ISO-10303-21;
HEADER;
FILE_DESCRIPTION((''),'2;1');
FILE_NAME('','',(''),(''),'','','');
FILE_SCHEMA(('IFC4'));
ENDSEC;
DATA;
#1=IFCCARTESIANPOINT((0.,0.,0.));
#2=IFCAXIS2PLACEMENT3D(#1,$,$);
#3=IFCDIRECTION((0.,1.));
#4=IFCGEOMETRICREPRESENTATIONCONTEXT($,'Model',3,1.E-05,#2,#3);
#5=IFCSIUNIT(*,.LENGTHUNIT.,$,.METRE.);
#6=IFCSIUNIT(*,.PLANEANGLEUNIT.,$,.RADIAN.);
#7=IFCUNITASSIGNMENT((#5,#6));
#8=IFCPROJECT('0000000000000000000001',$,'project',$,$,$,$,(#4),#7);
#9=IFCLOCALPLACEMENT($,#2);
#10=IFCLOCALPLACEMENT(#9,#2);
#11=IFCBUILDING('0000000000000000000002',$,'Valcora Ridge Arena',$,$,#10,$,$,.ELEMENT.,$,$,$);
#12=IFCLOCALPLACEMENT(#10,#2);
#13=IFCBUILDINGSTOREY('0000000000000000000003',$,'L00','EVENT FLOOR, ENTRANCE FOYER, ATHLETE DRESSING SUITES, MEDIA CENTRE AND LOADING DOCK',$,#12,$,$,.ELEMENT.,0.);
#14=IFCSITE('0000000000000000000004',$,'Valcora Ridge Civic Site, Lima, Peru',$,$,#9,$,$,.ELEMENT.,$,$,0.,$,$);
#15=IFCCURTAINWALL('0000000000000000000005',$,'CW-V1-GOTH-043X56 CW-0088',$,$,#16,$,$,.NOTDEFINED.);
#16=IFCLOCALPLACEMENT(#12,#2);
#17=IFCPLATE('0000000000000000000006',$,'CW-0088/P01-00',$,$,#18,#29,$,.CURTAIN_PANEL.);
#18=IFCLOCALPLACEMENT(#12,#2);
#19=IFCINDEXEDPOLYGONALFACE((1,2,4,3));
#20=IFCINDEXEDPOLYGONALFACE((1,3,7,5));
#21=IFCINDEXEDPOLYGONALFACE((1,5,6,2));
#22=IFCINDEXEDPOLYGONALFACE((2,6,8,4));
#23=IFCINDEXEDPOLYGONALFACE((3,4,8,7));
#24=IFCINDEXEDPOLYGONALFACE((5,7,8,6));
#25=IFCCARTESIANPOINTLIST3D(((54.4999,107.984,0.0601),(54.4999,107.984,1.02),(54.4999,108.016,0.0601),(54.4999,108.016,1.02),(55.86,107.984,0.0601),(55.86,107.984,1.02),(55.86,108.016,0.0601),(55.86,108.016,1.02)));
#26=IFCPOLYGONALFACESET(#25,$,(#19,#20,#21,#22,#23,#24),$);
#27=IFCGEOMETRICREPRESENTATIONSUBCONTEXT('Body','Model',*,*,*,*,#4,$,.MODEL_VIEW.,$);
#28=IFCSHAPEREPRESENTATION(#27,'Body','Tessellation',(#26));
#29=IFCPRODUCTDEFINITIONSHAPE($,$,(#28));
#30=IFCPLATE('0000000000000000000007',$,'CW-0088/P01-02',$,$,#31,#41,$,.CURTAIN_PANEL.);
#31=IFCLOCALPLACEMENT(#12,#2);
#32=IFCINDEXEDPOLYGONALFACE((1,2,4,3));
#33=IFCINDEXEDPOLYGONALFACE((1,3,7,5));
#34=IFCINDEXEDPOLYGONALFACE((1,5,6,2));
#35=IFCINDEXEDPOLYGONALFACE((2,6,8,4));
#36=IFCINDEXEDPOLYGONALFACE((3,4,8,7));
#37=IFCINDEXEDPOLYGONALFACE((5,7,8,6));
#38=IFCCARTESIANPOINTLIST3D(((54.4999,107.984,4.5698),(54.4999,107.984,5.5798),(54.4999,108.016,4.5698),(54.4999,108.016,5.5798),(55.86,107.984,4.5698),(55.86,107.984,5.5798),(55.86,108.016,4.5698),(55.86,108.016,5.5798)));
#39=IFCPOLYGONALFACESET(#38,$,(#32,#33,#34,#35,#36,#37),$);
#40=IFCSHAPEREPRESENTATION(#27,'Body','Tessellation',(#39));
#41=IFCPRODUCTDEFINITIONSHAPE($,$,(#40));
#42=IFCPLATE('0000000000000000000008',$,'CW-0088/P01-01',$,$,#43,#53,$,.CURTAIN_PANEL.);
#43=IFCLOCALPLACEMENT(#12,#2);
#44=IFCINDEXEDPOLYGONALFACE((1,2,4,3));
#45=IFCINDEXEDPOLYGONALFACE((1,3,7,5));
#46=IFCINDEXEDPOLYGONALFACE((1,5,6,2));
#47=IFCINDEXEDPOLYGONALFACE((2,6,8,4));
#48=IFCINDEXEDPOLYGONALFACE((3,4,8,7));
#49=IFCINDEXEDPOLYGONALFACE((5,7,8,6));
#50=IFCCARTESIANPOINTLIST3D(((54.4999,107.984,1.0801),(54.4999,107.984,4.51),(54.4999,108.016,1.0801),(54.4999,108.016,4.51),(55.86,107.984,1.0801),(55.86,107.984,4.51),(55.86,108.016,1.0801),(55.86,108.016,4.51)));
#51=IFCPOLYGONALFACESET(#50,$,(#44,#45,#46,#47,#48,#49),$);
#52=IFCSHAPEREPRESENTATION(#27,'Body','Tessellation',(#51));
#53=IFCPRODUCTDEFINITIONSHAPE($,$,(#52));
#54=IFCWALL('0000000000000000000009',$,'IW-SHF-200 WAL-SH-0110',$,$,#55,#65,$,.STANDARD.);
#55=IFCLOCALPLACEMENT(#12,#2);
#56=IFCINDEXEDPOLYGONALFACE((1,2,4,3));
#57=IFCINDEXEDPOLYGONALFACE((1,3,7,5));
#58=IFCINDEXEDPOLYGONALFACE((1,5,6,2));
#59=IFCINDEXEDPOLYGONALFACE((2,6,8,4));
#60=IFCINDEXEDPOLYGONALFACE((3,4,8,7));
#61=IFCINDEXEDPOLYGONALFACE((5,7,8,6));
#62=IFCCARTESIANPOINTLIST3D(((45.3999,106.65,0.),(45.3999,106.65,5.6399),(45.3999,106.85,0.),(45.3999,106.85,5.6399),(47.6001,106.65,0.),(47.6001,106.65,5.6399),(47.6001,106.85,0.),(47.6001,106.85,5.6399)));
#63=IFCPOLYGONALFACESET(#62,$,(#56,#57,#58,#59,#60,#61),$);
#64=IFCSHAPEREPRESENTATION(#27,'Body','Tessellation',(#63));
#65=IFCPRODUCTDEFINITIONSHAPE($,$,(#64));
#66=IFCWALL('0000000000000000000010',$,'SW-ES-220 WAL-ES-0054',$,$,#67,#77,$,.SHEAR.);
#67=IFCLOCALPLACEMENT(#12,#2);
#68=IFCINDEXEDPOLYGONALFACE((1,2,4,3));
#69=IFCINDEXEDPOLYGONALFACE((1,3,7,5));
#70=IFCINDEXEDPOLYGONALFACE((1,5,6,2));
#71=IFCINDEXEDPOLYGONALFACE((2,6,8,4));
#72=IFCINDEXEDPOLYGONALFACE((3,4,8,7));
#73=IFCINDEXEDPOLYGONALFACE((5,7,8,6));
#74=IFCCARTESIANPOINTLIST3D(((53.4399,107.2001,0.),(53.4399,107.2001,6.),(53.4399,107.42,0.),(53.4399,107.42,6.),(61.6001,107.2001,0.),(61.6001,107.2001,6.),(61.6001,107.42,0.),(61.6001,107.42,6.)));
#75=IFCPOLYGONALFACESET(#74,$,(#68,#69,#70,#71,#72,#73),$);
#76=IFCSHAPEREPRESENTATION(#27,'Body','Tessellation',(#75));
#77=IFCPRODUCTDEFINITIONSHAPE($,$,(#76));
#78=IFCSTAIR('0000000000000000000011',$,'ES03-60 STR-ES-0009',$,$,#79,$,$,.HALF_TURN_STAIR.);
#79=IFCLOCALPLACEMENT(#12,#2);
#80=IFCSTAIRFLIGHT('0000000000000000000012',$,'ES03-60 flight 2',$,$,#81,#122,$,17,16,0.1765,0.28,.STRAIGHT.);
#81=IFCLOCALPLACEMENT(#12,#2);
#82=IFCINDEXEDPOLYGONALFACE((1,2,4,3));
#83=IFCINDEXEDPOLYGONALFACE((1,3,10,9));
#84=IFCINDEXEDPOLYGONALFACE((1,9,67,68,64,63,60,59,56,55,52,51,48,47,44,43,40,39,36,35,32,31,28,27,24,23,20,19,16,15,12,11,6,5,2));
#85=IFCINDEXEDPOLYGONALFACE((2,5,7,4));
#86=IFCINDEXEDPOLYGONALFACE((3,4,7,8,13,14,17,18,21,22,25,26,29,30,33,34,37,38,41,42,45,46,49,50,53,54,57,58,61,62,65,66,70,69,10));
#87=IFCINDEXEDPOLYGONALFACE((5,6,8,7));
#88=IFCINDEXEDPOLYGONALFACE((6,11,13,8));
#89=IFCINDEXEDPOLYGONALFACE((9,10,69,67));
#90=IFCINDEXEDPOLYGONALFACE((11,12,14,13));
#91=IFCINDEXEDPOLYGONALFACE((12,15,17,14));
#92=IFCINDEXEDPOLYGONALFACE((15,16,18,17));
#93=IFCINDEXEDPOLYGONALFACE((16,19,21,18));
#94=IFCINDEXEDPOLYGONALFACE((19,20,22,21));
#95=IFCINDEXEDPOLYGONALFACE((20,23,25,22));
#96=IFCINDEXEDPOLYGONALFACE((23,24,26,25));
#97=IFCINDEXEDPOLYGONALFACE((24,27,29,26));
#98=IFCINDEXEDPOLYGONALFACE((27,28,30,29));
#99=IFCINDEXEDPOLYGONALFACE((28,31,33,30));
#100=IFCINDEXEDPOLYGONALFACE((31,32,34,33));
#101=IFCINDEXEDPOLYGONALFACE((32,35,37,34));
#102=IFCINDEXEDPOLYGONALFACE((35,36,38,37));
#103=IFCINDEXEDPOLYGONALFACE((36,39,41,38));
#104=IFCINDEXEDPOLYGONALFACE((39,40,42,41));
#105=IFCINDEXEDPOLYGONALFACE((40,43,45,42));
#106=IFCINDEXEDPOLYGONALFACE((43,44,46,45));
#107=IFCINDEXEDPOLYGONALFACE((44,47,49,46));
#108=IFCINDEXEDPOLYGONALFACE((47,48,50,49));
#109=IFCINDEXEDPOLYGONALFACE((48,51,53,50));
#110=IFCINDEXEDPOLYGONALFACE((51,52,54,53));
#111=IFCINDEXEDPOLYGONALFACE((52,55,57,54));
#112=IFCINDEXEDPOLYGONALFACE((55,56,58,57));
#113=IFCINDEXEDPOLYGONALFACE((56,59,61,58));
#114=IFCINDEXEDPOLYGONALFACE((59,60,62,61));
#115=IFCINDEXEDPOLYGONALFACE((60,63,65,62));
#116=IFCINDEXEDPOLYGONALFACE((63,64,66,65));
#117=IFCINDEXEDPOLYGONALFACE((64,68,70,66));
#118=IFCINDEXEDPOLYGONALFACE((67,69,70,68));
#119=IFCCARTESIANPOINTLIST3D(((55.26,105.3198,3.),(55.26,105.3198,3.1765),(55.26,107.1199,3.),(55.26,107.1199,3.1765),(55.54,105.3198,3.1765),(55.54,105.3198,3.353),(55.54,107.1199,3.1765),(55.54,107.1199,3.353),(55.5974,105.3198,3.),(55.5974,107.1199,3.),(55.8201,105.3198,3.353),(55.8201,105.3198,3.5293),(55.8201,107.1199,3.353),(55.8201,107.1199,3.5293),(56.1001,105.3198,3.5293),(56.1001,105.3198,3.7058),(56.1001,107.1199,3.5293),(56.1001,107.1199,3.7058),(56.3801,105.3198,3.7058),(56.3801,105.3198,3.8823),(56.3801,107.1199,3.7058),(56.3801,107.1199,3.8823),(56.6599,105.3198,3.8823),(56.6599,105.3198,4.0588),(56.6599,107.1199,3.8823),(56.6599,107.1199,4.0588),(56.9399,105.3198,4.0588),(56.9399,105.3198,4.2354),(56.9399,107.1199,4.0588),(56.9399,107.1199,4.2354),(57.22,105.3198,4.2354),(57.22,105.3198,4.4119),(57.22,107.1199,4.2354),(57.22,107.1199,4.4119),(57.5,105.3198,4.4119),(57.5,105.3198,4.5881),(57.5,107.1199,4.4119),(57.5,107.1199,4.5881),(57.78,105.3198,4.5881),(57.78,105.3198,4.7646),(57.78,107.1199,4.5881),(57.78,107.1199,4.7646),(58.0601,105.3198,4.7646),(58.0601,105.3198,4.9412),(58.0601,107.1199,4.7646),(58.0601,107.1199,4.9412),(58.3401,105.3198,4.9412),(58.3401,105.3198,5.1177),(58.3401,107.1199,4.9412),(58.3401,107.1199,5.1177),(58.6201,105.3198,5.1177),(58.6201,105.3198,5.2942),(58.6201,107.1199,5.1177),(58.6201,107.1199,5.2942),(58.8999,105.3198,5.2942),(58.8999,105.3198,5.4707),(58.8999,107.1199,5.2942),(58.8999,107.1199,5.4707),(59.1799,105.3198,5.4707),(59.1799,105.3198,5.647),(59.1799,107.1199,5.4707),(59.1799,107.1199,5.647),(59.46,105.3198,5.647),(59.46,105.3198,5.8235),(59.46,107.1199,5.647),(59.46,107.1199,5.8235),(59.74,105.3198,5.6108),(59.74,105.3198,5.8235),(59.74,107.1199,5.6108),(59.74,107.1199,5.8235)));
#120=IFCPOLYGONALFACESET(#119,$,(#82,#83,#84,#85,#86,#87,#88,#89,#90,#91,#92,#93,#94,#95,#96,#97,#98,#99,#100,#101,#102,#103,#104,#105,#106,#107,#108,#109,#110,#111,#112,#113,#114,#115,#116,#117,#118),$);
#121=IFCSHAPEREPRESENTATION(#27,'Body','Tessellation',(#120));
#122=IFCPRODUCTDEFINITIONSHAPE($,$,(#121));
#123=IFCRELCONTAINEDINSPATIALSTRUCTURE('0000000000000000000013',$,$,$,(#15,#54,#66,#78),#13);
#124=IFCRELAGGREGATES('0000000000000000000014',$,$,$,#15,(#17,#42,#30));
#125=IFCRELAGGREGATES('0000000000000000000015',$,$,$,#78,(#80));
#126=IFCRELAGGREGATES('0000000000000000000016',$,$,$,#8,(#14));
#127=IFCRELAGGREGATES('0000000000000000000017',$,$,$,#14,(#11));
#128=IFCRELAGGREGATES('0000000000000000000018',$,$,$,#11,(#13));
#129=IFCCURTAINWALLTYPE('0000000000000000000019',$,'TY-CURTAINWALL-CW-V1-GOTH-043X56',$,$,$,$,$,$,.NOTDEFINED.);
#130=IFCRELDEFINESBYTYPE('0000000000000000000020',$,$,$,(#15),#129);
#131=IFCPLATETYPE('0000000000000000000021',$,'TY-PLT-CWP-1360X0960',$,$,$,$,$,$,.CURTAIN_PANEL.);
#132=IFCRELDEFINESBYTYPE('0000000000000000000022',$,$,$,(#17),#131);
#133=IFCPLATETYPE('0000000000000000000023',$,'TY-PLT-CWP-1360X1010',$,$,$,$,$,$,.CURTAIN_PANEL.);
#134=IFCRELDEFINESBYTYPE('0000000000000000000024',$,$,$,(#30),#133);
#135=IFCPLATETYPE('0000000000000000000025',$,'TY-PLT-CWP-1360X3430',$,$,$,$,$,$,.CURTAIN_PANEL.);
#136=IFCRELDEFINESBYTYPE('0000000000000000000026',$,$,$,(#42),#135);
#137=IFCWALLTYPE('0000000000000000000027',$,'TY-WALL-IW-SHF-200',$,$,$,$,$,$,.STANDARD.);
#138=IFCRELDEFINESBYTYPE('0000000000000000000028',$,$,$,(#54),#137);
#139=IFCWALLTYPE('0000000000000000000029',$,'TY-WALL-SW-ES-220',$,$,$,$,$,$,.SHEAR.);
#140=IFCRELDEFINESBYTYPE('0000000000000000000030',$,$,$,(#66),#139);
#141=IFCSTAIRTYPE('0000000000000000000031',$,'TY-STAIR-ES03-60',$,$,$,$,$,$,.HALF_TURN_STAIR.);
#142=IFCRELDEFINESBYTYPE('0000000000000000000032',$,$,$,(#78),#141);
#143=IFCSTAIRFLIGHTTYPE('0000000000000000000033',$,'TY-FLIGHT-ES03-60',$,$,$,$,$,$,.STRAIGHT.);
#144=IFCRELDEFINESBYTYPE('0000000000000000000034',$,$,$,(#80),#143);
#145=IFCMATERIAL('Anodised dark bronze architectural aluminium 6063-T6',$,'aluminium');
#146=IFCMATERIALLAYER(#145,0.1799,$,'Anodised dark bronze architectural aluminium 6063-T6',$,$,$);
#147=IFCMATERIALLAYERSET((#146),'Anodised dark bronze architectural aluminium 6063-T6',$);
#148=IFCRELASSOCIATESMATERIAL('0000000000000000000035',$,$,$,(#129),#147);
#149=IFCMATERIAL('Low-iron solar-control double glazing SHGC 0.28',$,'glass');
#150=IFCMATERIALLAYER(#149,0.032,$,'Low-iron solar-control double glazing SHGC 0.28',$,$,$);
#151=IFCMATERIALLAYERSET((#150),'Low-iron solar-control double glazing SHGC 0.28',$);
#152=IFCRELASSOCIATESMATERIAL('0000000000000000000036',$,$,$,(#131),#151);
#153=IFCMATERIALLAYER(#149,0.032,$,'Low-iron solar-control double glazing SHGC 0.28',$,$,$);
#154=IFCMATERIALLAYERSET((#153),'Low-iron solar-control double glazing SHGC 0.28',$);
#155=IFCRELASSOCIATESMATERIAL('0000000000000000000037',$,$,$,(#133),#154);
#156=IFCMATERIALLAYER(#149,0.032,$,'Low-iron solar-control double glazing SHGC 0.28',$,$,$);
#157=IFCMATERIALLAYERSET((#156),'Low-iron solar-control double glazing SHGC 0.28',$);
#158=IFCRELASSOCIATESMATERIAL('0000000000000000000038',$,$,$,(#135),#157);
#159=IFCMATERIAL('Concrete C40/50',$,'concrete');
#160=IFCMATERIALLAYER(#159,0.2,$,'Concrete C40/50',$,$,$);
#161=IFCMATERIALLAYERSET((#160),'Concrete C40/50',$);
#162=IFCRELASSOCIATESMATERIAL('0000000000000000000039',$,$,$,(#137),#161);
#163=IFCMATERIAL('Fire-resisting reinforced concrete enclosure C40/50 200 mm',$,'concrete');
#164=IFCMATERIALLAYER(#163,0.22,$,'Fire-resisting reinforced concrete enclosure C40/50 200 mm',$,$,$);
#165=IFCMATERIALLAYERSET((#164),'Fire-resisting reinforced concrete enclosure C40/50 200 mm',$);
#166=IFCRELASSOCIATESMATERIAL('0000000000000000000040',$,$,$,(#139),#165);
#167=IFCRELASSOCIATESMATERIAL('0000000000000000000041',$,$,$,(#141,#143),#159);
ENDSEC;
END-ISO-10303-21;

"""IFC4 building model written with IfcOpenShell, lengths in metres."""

from ifc_helpers import new_model, si_unit, direction, frame, frame_2d, origin, origin_2d, place, context, subcontext, project, spatial, polyline, rectangle, outline, extrude, material, layer, layer_set, type_object, element, aggregate, save


model = new_model("IFC4")

# Units and contexts
model_context = context("Model", 3, precision=1e-05, world=origin(), true_north=direction((0.0, 1.0)))
body_context = subcontext(model_context, "Body", "Model", "MODEL_VIEW")
ifc_project = project(units=[si_unit("LENGTHUNIT", "METRE"), si_unit("PLANEANGLEUNIT", "RADIAN")], contexts=[model_context])

# Site, building, storey
site_placement = place(None, origin())
site = spatial("IfcSite", under=ifc_project, at=site_placement, Name="Valcora Ridge Civic Site, Lima, Peru", CompositionType="ELEMENT", RefElevation=0.0)
building_placement = place(site_placement, origin())
building = spatial("IfcBuilding", under=site, at=building_placement, Name="Valcora Ridge Arena", CompositionType="ELEMENT")
storey_placement = place(building_placement, origin())
storey = spatial("IfcBuildingStorey", under=building, at=storey_placement, Name="L00", Description="EVENT FLOOR, ENTRANCE FOYER, ATHLETE DRESSING SUITES, MEDIA CENTRE AND LOADING DOCK", CompositionType="ELEMENT", Elevation=0.0)

# Curtain wall, plates
ifc_material_1 = material(Name="Anodised dark bronze architectural aluminium 6063-T6", Category="aluminium")
ifc_layer_1 = layer(ifc_material_1, 0.1799, Name="Anodised dark bronze architectural aluminium 6063-T6")
ifc_layer_set_1 = layer_set([ifc_layer_1], Name="Anodised dark bronze architectural aluminium 6063-T6")
curtain_wall_type = type_object("IfcCurtainWallType", Name="TY-CURTAINWALL-CW-V1-GOTH-043X56", PredefinedType="NOTDEFINED", material=ifc_layer_set_1)
curtain_wall_placement = place(storey_placement, origin())
curtain_wall = element("IfcCurtainWall", 1, at=curtain_wall_placement, inside=storey, type_object=curtain_wall_type, Name="CW-V1-GOTH-043X56 CW-0088", PredefinedType="NOTDEFINED")
ifc_material_2 = material(Name="Low-iron solar-control double glazing SHGC 0.28", Category="glass")
ifc_layer_2 = layer(ifc_material_2, 0.032, Name="Low-iron solar-control double glazing SHGC 0.28")
ifc_layer_set_2 = layer_set([ifc_layer_2], Name="Low-iron solar-control double glazing SHGC 0.28")
plate_type_1 = type_object("IfcPlateType", Name="TY-PLT-CWP-1360X0960", PredefinedType="CURTAIN_PANEL", material=ifc_layer_set_2)
plate_1_placement = place(storey_placement, frame((55.1799, 108.0, 0.0601), z_axis=(0.0, 0.0, 1.0), x_axis=(1.0, 0.0, 0.0)))
plate_1 = element("IfcPlate", 2, at=plate_1_placement, type_object=plate_type_1, Name="CW-0088/P01-00", PredefinedType="CURTAIN_PANEL", context=body_context, shape_type="SweptSolid", body=[
    extrude(rectangle(XDim=1.3601, YDim=0.032, at=origin_2d()), origin(), (0.0, 0.0, 1.0), 0.96),
])
ifc_layer_3 = layer(ifc_material_2, 0.032, Name="Low-iron solar-control double glazing SHGC 0.28")
ifc_layer_set_3 = layer_set([ifc_layer_3], Name="Low-iron solar-control double glazing SHGC 0.28")
plate_type_2 = type_object("IfcPlateType", Name="TY-PLT-CWP-1360X1010", PredefinedType="CURTAIN_PANEL", material=ifc_layer_set_3)
plate_2_placement = place(storey_placement, frame((55.1799, 108.0, 4.5698), z_axis=(0.0, 0.0, 1.0), x_axis=(1.0, 0.0, 0.0)))
plate_2 = element("IfcPlate", 3, at=plate_2_placement, type_object=plate_type_2, Name="CW-0088/P01-02", PredefinedType="CURTAIN_PANEL", context=body_context, shape_type="SweptSolid", body=[
    extrude(rectangle(XDim=1.3601, YDim=0.032, at=origin_2d()), origin(), (0.0, 0.0, 1.0), 1.01),
])
ifc_layer_4 = layer(ifc_material_2, 0.032, Name="Low-iron solar-control double glazing SHGC 0.28")
ifc_layer_set_4 = layer_set([ifc_layer_4], Name="Low-iron solar-control double glazing SHGC 0.28")
plate_type_3 = type_object("IfcPlateType", Name="TY-PLT-CWP-1360X3430", PredefinedType="CURTAIN_PANEL", material=ifc_layer_set_4)
plate_3_placement = place(storey_placement, frame((55.1799, 108.0, 1.0801), z_axis=(0.0, 0.0, 1.0), x_axis=(1.0, 0.0, 0.0)))
plate_3 = element("IfcPlate", 4, at=plate_3_placement, type_object=plate_type_3, Name="CW-0088/P01-01", PredefinedType="CURTAIN_PANEL", context=body_context, shape_type="SweptSolid", body=[
    extrude(rectangle(XDim=1.3601, YDim=0.032, at=origin_2d()), origin(), (0.0, 0.0, 1.0), 3.4299),
])
aggregate(curtain_wall, [plate_1, plate_3, plate_2])

# Walls
ifc_material_3 = material(Name="Concrete C40/50", Category="concrete")
ifc_layer_5 = layer(ifc_material_3, 0.2, Name="Concrete C40/50")
ifc_layer_set_5 = layer_set([ifc_layer_5], Name="Concrete C40/50")
wall_type_1 = type_object("IfcWallType", Name="TY-WALL-IW-SHF-200", PredefinedType="STANDARD", material=ifc_layer_set_5)
wall_1_placement = place(storey_placement, frame((45.3999, 106.75, 0.0), z_axis=(0.0, 0.0, 1.0), x_axis=(1.0, 0.0, 0.0)))
element("IfcWall", 5, at=wall_1_placement, inside=storey, type_object=wall_type_1, Name="IW-SHF-200 WAL-SH-0110", PredefinedType="STANDARD", context=body_context, shape_type="SweptSolid", body=[
    extrude(rectangle(XDim=2.2002, YDim=0.2, at=frame_2d((1.1001, 0.0))), origin(), (0.0, 0.0, 1.0), 5.6399),
])
ifc_material_4 = material(Name="Fire-resisting reinforced concrete enclosure C40/50 200 mm", Category="concrete")
ifc_layer_6 = layer(ifc_material_4, 0.22, Name="Fire-resisting reinforced concrete enclosure C40/50 200 mm")
ifc_layer_set_6 = layer_set([ifc_layer_6], Name="Fire-resisting reinforced concrete enclosure C40/50 200 mm")
wall_type_2 = type_object("IfcWallType", Name="TY-WALL-SW-ES-220", PredefinedType="SHEAR", material=ifc_layer_set_6)
wall_2_placement = place(storey_placement, frame((53.4399, 107.3101, 0.0), z_axis=(0.0, 0.0, 1.0), x_axis=(1.0, 0.0, 0.0)))
element("IfcWall", 6, at=wall_2_placement, inside=storey, type_object=wall_type_2, Name="SW-ES-220 WAL-ES-0054", PredefinedType="SHEAR", context=body_context, shape_type="SweptSolid", body=[
    extrude(rectangle(XDim=8.1602, YDim=0.22, at=frame_2d((4.0801, 0.0))), origin(), (0.0, 0.0, 1.0), 6.0),
])

# Stair, stair flight
stair_type = type_object("IfcStairType", Name="TY-STAIR-ES03-60", PredefinedType="HALF_TURN_STAIR", material=ifc_material_3)
stair_placement = place(storey_placement, origin())
stair = element("IfcStair", 7, at=stair_placement, inside=storey, type_object=stair_type, Name="ES03-60 STR-ES-0009", PredefinedType="HALF_TURN_STAIR")
stair_flight_type = type_object("IfcStairFlightType", Name="TY-FLIGHT-ES03-60", PredefinedType="STRAIGHT", material=ifc_material_3)
stair_flight_placement = place(storey_placement, frame((55.26, 106.22, 3.0), z_axis=(0.0, 0.0, 1.0), x_axis=(1.0, 0.0, 0.0)))
stair_flight = element("IfcStairFlight", 8, at=stair_flight_placement, type_object=stair_flight_type, Name="ES03-60 flight 2", NumberOfRisers=17, NumberOfTreads=16, PredefinedType="STRAIGHT", RiserHeight=0.1765, TreadLength=0.28, context=body_context, shape_type="SweptSolid", body=[
    extrude(outline(polyline([(0.0, 0.0), (0.0, 0.1765), (0.28, 0.1765), (0.28, 0.353), (0.5601, 0.353), (0.5601, 0.5293), (0.8401, 0.5293), (0.8401, 0.7058), (1.1201, 0.7058), (1.1201, 0.8823), (1.3999, 0.8823), (1.3999, 1.0588), (1.6799, 1.0588), (1.6799, 1.2354), (1.96, 1.2354), (1.96, 1.4119), (2.24, 1.4119), (2.24, 1.5881), (2.52, 1.5881), (2.52, 1.7646), (2.8, 1.7646), (2.8, 1.9412), (3.0801, 1.9412), (3.0801, 2.1177), (3.3601, 2.1177), (3.3601, 2.2942), (3.6399, 2.2942), (3.6399, 2.4707), (3.9199, 2.4707), (3.9199, 2.647), (4.2, 2.647), (4.2, 2.8235), (4.48, 2.8235), (4.48, 3.0), (4.48, 2.6108), (0.3374, 0.0), (0.0, 0.0)])), frame((0.0, 0.8999, 0.0), z_axis=(0.0, -1.0, 0.0), x_axis=(1.0, 0.0, 0.0)), (0.0, 0.0, 1.0), 1.8),
])
aggregate(stair, [stair_flight])

save(model, "model.ifc")
